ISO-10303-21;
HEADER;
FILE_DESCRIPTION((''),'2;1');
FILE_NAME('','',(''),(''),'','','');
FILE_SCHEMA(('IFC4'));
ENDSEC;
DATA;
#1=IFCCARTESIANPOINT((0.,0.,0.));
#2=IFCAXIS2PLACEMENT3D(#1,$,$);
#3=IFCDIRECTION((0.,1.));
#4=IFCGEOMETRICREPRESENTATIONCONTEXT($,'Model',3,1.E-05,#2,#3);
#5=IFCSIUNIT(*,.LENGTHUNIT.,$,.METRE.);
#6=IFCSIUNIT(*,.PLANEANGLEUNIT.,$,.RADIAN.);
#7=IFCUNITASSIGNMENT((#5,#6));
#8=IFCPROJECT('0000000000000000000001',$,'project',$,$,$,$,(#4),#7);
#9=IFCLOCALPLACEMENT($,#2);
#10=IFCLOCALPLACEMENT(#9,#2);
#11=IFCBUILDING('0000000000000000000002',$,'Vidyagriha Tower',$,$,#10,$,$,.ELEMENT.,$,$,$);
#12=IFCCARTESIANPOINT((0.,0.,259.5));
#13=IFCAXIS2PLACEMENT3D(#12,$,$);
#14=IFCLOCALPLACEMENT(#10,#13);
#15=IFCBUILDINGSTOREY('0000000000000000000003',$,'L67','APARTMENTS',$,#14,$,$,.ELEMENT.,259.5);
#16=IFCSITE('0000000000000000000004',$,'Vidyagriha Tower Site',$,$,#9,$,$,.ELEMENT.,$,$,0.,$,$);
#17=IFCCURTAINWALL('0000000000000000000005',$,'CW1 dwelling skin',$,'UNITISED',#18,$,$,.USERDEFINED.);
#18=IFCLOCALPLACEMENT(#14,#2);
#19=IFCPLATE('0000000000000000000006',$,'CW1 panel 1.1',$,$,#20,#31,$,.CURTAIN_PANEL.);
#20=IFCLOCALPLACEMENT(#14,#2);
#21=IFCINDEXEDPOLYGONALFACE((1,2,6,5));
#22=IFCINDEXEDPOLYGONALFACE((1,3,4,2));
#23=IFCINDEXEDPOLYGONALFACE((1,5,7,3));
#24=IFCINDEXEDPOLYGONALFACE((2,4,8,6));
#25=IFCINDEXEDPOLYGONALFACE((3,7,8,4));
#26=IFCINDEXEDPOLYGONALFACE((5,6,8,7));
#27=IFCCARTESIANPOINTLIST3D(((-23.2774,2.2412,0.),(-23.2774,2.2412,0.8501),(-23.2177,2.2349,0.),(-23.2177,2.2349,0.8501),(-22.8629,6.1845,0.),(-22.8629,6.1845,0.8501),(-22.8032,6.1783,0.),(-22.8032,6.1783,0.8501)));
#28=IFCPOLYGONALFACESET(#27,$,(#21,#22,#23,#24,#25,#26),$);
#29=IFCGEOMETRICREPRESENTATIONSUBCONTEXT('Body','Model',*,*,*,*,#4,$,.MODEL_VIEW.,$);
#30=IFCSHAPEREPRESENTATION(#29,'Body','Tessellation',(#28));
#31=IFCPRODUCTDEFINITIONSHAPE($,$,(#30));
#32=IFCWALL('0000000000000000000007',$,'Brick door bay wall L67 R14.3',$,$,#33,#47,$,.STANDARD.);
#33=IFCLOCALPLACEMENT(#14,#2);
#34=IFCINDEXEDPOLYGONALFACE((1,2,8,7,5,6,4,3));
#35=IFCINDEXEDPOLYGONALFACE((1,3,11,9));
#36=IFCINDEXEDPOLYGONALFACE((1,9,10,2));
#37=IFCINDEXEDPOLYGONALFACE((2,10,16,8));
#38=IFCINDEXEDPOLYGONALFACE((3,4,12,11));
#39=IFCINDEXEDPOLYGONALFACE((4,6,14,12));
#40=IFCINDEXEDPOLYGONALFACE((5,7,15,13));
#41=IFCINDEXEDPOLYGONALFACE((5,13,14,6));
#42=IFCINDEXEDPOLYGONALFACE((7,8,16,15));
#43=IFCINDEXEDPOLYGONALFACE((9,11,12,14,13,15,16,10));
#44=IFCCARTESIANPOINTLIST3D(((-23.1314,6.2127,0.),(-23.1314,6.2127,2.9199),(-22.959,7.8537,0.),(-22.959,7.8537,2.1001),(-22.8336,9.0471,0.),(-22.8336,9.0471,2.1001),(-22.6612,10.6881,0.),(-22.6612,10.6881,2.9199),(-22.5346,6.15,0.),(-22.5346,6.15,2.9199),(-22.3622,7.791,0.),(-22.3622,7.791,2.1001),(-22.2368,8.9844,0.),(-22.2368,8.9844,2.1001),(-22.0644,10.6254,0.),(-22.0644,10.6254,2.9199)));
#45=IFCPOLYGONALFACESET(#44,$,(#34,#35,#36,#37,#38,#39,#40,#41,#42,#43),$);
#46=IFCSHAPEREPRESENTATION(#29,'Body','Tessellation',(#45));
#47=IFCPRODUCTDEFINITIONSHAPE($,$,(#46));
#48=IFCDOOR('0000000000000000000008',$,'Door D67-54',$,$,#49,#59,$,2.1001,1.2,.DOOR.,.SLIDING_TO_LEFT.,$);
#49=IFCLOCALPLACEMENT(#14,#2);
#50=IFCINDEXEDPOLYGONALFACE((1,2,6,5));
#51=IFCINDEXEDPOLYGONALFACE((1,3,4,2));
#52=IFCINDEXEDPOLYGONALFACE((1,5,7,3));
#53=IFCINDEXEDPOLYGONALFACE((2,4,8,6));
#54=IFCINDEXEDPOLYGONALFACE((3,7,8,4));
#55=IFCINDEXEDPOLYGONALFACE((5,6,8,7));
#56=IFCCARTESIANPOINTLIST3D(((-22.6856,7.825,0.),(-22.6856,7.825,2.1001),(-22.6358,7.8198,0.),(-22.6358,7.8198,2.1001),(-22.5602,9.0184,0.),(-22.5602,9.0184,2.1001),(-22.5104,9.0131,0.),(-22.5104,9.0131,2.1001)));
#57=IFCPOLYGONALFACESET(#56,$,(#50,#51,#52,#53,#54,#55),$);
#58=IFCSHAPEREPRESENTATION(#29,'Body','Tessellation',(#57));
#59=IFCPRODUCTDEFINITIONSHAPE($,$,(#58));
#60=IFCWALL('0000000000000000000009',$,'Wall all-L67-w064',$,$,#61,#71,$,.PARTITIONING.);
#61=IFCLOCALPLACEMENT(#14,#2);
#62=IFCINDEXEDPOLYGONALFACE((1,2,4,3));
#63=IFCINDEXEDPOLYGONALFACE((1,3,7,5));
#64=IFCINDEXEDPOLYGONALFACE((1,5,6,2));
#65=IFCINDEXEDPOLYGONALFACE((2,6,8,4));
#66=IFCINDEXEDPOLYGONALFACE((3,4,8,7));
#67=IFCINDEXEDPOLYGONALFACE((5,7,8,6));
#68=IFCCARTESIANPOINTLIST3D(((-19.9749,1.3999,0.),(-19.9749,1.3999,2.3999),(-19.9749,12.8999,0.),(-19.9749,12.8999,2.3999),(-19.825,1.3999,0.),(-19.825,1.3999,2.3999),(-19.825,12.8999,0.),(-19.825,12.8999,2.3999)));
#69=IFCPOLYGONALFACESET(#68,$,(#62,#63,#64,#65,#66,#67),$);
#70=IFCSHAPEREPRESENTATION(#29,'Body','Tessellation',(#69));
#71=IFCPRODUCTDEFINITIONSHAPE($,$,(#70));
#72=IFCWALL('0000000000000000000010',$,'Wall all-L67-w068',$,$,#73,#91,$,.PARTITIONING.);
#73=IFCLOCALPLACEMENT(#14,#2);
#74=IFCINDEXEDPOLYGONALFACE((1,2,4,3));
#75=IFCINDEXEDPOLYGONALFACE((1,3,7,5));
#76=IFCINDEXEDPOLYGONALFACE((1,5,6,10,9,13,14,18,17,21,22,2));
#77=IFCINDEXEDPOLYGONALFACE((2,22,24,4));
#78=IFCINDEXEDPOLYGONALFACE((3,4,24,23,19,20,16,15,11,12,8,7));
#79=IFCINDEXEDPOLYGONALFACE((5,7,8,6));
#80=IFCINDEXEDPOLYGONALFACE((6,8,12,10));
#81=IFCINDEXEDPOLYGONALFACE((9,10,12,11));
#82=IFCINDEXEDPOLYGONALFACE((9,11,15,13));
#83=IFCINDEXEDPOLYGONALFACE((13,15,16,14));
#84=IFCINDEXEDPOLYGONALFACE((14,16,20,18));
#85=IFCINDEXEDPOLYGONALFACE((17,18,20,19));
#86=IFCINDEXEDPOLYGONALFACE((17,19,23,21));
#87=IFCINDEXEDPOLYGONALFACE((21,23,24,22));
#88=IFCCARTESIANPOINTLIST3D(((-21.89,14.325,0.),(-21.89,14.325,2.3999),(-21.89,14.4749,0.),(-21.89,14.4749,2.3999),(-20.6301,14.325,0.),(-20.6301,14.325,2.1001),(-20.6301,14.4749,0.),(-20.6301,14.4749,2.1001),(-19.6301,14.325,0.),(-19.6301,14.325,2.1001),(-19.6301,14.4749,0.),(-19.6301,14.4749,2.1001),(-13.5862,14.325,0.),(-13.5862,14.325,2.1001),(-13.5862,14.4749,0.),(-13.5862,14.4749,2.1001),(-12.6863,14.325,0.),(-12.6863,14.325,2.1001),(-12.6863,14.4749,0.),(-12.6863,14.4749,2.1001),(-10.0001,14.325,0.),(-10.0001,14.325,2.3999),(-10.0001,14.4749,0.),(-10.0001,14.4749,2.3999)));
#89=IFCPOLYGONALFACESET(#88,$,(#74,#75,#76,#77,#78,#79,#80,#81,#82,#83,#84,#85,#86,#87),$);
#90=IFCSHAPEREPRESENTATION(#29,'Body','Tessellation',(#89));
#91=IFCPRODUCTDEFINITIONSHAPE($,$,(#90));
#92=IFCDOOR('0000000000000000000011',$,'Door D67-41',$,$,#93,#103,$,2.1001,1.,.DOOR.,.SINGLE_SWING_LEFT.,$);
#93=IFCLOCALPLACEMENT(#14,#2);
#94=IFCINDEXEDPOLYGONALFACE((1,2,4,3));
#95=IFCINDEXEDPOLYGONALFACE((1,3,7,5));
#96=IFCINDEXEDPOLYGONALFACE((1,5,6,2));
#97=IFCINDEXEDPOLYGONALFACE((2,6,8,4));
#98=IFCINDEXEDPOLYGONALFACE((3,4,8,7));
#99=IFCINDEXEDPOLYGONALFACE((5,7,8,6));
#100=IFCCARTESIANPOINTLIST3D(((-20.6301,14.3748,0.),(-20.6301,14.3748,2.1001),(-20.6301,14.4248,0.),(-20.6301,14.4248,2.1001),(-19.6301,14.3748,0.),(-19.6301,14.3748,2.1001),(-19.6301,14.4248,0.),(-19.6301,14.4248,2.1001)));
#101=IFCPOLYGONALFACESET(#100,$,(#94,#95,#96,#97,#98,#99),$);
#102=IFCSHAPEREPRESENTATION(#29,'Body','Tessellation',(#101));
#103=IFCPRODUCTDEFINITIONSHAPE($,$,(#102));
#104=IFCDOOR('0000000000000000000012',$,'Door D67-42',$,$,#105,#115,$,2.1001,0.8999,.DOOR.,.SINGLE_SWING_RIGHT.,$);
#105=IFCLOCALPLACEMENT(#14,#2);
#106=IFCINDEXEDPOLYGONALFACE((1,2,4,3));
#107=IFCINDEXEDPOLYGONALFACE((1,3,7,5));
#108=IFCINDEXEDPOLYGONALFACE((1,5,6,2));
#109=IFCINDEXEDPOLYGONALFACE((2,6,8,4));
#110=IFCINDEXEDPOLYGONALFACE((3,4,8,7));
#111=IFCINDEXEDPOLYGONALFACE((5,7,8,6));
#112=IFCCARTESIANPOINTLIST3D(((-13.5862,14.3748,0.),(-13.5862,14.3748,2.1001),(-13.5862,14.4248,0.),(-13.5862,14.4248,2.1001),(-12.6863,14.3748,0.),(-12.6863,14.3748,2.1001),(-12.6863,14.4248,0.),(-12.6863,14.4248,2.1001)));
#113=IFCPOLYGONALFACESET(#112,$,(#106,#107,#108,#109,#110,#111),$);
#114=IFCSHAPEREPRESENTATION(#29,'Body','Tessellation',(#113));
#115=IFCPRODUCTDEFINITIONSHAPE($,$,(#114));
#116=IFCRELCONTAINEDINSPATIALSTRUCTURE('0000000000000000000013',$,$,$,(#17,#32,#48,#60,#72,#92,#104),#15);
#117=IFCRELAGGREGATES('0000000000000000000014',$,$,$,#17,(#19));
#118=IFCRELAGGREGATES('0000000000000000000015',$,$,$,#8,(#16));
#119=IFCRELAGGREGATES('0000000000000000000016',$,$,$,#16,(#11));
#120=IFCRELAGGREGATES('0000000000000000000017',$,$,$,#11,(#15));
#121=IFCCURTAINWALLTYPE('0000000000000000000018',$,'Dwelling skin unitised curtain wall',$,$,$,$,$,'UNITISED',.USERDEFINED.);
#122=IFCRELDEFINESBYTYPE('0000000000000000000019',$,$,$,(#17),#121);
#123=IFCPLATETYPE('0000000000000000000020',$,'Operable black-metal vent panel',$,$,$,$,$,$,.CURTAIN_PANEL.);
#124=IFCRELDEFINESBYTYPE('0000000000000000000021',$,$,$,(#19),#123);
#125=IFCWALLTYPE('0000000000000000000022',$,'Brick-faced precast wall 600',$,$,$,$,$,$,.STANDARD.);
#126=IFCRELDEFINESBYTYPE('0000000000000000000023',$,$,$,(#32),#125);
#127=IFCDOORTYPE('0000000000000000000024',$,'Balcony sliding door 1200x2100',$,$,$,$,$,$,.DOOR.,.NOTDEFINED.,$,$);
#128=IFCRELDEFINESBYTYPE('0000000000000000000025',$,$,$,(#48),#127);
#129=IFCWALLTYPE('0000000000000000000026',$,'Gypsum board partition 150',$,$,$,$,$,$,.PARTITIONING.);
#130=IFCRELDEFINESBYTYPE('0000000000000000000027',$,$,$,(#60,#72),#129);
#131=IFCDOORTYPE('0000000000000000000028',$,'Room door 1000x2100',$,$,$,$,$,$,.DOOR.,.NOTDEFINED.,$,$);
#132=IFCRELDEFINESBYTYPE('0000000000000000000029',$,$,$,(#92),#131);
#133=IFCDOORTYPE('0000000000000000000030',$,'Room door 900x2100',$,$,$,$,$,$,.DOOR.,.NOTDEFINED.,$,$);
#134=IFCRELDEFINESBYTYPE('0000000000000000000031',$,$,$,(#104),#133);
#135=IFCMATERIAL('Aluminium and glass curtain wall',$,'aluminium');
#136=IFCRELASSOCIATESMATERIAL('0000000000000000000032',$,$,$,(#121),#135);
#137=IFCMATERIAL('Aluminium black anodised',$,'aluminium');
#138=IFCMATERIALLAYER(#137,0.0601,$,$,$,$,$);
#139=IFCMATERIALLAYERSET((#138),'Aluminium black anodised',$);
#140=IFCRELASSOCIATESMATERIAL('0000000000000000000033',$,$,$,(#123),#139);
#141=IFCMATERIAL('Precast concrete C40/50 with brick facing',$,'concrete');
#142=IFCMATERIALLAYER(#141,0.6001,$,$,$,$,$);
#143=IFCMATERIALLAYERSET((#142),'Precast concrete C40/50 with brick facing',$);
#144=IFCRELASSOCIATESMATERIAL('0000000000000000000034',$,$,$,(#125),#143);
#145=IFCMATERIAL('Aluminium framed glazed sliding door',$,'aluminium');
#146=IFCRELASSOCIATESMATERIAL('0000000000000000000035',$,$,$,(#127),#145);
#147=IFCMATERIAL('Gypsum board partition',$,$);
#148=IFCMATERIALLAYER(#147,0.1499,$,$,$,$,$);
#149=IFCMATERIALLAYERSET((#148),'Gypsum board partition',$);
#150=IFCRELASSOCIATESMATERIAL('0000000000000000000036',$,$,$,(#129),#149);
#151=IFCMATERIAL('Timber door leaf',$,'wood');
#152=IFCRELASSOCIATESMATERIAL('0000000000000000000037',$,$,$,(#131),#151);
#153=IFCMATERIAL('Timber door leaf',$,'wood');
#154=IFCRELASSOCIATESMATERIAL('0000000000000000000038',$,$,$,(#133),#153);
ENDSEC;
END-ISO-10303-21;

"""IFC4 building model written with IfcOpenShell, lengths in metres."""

from ifc_helpers import new_model, si_unit, direction, frame, frame_2d, origin, origin_2d, place, context, subcontext, project, spatial, rectangle, extrude, material, layer, layer_set, type_object, element, fill, aggregate, save


model = new_model("IFC4")

# Units and contexts
model_context = context("Model", 3, precision=1e-05, world=origin(), true_north=direction((0.0, 1.0)))
body_context = subcontext(model_context, "Body", "Model", "MODEL_VIEW")
ifc_project = project(units=[si_unit("LENGTHUNIT", "METRE"), si_unit("PLANEANGLEUNIT", "RADIAN")], contexts=[model_context])

# Site, building, storey
site_placement = place(None, origin())
site = spatial("IfcSite", under=ifc_project, at=site_placement, Name="Vidyagriha Tower Site", CompositionType="ELEMENT", RefElevation=0.0)
building_placement = place(site_placement, origin())
building = spatial("IfcBuilding", under=site, at=building_placement, Name="Vidyagriha Tower", CompositionType="ELEMENT")
storey_placement = place(building_placement, frame((0.0, 0.0, 259.5)))
storey = spatial("IfcBuildingStorey", under=building, at=storey_placement, Name="L67", Description="APARTMENTS", CompositionType="ELEMENT", Elevation=259.5)

# Curtain wall
ifc_material_1 = material(Name="Aluminium and glass curtain wall", Category="aluminium")
curtain_wall_type = type_object("IfcCurtainWallType", Name="Dwelling skin unitised curtain wall", ElementType="UNITISED", PredefinedType="USERDEFINED", material=ifc_material_1)
curtain_wall_1_placement = place(storey_placement, origin())
curtain_wall_1 = element("IfcCurtainWall", 1, at=curtain_wall_1_placement, inside=storey, type_object=curtain_wall_type, Name="CW1 dwelling skin", ObjectType="UNITISED", PredefinedType="USERDEFINED")

# Plate
ifc_material_2 = material(Name="Aluminium black anodised", Category="aluminium")
ifc_layer_1 = layer(ifc_material_2, 0.0601)
ifc_layer_set_1 = layer_set([ifc_layer_1], Name="Aluminium black anodised")
plate_type_1 = type_object("IfcPlateType", Name="Operable black-metal vent panel", PredefinedType="CURTAIN_PANEL", material=ifc_layer_set_1)
plate_1_placement = place(storey_placement, frame((-23.0403, 4.2097, 0.0), z_axis=(0.0, 0.0, 1.0), x_axis=(-0.104533, -0.994521, 0.0)))
plate_1 = element("IfcPlate", 2, at=plate_1_placement, type_object=plate_type_1, Name="CW1 panel 1.1", PredefinedType="CURTAIN_PANEL", context=body_context, shape_type="SweptSolid", body=[
    extrude(rectangle(XDim=3.9651, YDim=0.0601, at=origin_2d()), origin(), (0.0, 0.0, 1.0), 0.8501),
])
aggregate(curtain_wall_1, [plate_1])

# Wall, opening, door
ifc_material_3 = material(Name="Precast concrete C40/50 with brick facing", Category="concrete")
ifc_layer_2 = layer(ifc_material_3, 0.6001)
ifc_layer_set_2 = layer_set([ifc_layer_2], Name="Precast concrete C40/50 with brick facing")
wall_type_1 = type_object("IfcWallType", Name="Brick-faced precast wall 600", PredefinedType="STANDARD", material=ifc_layer_set_2)
wall_1_placement = place(storey_placement, frame((-22.3628, 10.6567, 0.0), z_axis=(0.0, 0.0, 1.0), x_axis=(-0.104493, -0.994526, 0.0)))
wall_1 = element("IfcWall", 3, at=wall_1_placement, inside=storey, type_object=wall_type_1, Name="Brick door bay wall L67 R14.3", PredefinedType="STANDARD", context=body_context, shape_type="SweptSolid", body=[
    extrude(rectangle(XDim=4.5, YDim=0.6001, at=frame_2d((2.25, 0.0))), origin(), (0.0, 0.0, 1.0), 2.9199),
])
opening_1_placement = place(wall_1_placement, frame((1.6499, 0.0, 0.0)))
opening_1 = element("IfcOpeningElement", 4, at=opening_1_placement, cuts=wall_1, PredefinedType="OPENING", context=body_context, shape_type="SweptSolid", body=[
    extrude(rectangle(XDim=1.2, YDim=2.1001, at=frame_2d((0.6001, 1.05))), frame((0.0, 0.3101, 0.0), z_axis=(0.0, -1.0, 0.0), x_axis=(1.0, 0.0, 0.0)), (0.0, 0.0, 1.0), 0.6201),
])
ifc_material_4 = material(Name="Aluminium framed glazed sliding door", Category="aluminium")
door_type_1 = type_object("IfcDoorType", Name="Balcony sliding door 1200x2100", OperationType="NOTDEFINED", PredefinedType="DOOR", material=ifc_material_4)
door_1_placement = place(opening_1_placement, origin())
door_1 = element("IfcDoor", 5, at=door_1_placement, inside=storey, type_object=door_type_1, Name="Door D67-54", OperationType="SLIDING_TO_LEFT", OverallHeight=2.1001, OverallWidth=1.2, PredefinedType="DOOR", context=body_context, shape_type="SweptSolid", body=[
    extrude(rectangle(XDim=1.2, YDim=2.1001, at=frame_2d((0.6001, 1.05))), frame((0.0, 0.0249, 0.0), z_axis=(0.0, -1.0, 0.0), x_axis=(1.0, 0.0, 0.0)), (0.0, 0.0, 1.0), 0.05),
])
fill(opening_1, door_1)

# Wall
ifc_material_5 = material(Name="Gypsum board partition")
ifc_layer_3 = layer(ifc_material_5, 0.1499)
ifc_layer_set_3 = layer_set([ifc_layer_3], Name="Gypsum board partition")
wall_type_2 = type_object("IfcWallType", Name="Gypsum board partition 150", PredefinedType="PARTITIONING", material=ifc_layer_set_3)
wall_2_placement = place(storey_placement, frame((-19.8999, 1.3999, 0.0), z_axis=(0.0, 0.0, 1.0), x_axis=(0.0, 1.0, 0.0)))
element("IfcWall", 6, at=wall_2_placement, inside=storey, type_object=wall_type_2, Name="Wall all-L67-w064", PredefinedType="PARTITIONING", context=body_context, shape_type="SweptSolid", body=[
    extrude(rectangle(XDim=11.5, YDim=0.1499, at=frame_2d((5.75, 0.0))), origin(), (0.0, 0.0, 1.0), 2.3999),
])

# Wall, openings, doors
wall_3_placement = place(storey_placement, frame((-21.8899, 14.3999, 0.0)))
wall_3 = element("IfcWall", 7, at=wall_3_placement, inside=storey, type_object=wall_type_2, Name="Wall all-L67-w068", PredefinedType="PARTITIONING", context=body_context, shape_type="SweptSolid", body=[
    extrude(rectangle(XDim=11.8899, YDim=0.1499, at=frame_2d((5.9448, 0.0))), origin(), (0.0, 0.0, 1.0), 2.3999),
])
opening_2_placement = place(wall_3_placement, frame((1.2598, 0.0, 0.0)))
opening_2 = element("IfcOpeningElement", 8, at=opening_2_placement, cuts=wall_3, PredefinedType="OPENING", context=body_context, shape_type="SweptSolid", body=[
    extrude(rectangle(XDim=1.0, YDim=2.1001, at=frame_2d((0.5, 1.05))), frame((0.0, 0.085, 0.0), z_axis=(0.0, -1.0, 0.0), x_axis=(1.0, 0.0, 0.0)), (0.0, 0.0, 1.0), 0.1699),
])
opening_3_placement = place(wall_3_placement, frame((8.3037, 0.0, 0.0)))
opening_3 = element("IfcOpeningElement", 9, at=opening_3_placement, cuts=wall_3, PredefinedType="OPENING", context=body_context, shape_type="SweptSolid", body=[
    extrude(rectangle(XDim=0.8999, YDim=2.1001, at=frame_2d((0.45, 1.05))), frame((0.0, 0.085, 0.0), z_axis=(0.0, -1.0, 0.0), x_axis=(1.0, 0.0, 0.0)), (0.0, 0.0, 1.0), 0.1699),
])
ifc_material_6 = material(Name="Timber door leaf", Category="wood")
door_type_2 = type_object("IfcDoorType", Name="Room door 1000x2100", OperationType="NOTDEFINED", PredefinedType="DOOR", material=ifc_material_6)
door_2_placement = place(opening_2_placement, origin())
door_2 = element("IfcDoor", 10, at=door_2_placement, inside=storey, type_object=door_type_2, Name="Door D67-41", OperationType="SINGLE_SWING_LEFT", OverallHeight=2.1001, OverallWidth=1.0, PredefinedType="DOOR", context=body_context, shape_type="SweptSolid", body=[
    extrude(rectangle(XDim=1.0, YDim=2.1001, at=frame_2d((0.5, 1.05))), frame((0.0, 0.0249, 0.0), z_axis=(0.0, -1.0, 0.0), x_axis=(1.0, 0.0, 0.0)), (0.0, 0.0, 1.0), 0.05),
])
fill(opening_2, door_2)
ifc_material_7 = material(Name="Timber door leaf", Category="wood")
door_type_3 = type_object("IfcDoorType", Name="Room door 900x2100", OperationType="NOTDEFINED", PredefinedType="DOOR", material=ifc_material_7)
door_3_placement = place(opening_3_placement, origin())
door_3 = element("IfcDoor", 11, at=door_3_placement, inside=storey, type_object=door_type_3, Name="Door D67-42", OperationType="SINGLE_SWING_RIGHT", OverallHeight=2.1001, OverallWidth=0.8999, PredefinedType="DOOR", context=body_context, shape_type="SweptSolid", body=[
    extrude(rectangle(XDim=0.8999, YDim=2.1001, at=frame_2d((0.45, 1.05))), frame((0.0, 0.0249, 0.0), z_axis=(0.0, -1.0, 0.0), x_axis=(1.0, 0.0, 0.0)), (0.0, 0.0, 1.0), 0.05),
])
fill(opening_3, door_3)

save(model, "model.ifc")
